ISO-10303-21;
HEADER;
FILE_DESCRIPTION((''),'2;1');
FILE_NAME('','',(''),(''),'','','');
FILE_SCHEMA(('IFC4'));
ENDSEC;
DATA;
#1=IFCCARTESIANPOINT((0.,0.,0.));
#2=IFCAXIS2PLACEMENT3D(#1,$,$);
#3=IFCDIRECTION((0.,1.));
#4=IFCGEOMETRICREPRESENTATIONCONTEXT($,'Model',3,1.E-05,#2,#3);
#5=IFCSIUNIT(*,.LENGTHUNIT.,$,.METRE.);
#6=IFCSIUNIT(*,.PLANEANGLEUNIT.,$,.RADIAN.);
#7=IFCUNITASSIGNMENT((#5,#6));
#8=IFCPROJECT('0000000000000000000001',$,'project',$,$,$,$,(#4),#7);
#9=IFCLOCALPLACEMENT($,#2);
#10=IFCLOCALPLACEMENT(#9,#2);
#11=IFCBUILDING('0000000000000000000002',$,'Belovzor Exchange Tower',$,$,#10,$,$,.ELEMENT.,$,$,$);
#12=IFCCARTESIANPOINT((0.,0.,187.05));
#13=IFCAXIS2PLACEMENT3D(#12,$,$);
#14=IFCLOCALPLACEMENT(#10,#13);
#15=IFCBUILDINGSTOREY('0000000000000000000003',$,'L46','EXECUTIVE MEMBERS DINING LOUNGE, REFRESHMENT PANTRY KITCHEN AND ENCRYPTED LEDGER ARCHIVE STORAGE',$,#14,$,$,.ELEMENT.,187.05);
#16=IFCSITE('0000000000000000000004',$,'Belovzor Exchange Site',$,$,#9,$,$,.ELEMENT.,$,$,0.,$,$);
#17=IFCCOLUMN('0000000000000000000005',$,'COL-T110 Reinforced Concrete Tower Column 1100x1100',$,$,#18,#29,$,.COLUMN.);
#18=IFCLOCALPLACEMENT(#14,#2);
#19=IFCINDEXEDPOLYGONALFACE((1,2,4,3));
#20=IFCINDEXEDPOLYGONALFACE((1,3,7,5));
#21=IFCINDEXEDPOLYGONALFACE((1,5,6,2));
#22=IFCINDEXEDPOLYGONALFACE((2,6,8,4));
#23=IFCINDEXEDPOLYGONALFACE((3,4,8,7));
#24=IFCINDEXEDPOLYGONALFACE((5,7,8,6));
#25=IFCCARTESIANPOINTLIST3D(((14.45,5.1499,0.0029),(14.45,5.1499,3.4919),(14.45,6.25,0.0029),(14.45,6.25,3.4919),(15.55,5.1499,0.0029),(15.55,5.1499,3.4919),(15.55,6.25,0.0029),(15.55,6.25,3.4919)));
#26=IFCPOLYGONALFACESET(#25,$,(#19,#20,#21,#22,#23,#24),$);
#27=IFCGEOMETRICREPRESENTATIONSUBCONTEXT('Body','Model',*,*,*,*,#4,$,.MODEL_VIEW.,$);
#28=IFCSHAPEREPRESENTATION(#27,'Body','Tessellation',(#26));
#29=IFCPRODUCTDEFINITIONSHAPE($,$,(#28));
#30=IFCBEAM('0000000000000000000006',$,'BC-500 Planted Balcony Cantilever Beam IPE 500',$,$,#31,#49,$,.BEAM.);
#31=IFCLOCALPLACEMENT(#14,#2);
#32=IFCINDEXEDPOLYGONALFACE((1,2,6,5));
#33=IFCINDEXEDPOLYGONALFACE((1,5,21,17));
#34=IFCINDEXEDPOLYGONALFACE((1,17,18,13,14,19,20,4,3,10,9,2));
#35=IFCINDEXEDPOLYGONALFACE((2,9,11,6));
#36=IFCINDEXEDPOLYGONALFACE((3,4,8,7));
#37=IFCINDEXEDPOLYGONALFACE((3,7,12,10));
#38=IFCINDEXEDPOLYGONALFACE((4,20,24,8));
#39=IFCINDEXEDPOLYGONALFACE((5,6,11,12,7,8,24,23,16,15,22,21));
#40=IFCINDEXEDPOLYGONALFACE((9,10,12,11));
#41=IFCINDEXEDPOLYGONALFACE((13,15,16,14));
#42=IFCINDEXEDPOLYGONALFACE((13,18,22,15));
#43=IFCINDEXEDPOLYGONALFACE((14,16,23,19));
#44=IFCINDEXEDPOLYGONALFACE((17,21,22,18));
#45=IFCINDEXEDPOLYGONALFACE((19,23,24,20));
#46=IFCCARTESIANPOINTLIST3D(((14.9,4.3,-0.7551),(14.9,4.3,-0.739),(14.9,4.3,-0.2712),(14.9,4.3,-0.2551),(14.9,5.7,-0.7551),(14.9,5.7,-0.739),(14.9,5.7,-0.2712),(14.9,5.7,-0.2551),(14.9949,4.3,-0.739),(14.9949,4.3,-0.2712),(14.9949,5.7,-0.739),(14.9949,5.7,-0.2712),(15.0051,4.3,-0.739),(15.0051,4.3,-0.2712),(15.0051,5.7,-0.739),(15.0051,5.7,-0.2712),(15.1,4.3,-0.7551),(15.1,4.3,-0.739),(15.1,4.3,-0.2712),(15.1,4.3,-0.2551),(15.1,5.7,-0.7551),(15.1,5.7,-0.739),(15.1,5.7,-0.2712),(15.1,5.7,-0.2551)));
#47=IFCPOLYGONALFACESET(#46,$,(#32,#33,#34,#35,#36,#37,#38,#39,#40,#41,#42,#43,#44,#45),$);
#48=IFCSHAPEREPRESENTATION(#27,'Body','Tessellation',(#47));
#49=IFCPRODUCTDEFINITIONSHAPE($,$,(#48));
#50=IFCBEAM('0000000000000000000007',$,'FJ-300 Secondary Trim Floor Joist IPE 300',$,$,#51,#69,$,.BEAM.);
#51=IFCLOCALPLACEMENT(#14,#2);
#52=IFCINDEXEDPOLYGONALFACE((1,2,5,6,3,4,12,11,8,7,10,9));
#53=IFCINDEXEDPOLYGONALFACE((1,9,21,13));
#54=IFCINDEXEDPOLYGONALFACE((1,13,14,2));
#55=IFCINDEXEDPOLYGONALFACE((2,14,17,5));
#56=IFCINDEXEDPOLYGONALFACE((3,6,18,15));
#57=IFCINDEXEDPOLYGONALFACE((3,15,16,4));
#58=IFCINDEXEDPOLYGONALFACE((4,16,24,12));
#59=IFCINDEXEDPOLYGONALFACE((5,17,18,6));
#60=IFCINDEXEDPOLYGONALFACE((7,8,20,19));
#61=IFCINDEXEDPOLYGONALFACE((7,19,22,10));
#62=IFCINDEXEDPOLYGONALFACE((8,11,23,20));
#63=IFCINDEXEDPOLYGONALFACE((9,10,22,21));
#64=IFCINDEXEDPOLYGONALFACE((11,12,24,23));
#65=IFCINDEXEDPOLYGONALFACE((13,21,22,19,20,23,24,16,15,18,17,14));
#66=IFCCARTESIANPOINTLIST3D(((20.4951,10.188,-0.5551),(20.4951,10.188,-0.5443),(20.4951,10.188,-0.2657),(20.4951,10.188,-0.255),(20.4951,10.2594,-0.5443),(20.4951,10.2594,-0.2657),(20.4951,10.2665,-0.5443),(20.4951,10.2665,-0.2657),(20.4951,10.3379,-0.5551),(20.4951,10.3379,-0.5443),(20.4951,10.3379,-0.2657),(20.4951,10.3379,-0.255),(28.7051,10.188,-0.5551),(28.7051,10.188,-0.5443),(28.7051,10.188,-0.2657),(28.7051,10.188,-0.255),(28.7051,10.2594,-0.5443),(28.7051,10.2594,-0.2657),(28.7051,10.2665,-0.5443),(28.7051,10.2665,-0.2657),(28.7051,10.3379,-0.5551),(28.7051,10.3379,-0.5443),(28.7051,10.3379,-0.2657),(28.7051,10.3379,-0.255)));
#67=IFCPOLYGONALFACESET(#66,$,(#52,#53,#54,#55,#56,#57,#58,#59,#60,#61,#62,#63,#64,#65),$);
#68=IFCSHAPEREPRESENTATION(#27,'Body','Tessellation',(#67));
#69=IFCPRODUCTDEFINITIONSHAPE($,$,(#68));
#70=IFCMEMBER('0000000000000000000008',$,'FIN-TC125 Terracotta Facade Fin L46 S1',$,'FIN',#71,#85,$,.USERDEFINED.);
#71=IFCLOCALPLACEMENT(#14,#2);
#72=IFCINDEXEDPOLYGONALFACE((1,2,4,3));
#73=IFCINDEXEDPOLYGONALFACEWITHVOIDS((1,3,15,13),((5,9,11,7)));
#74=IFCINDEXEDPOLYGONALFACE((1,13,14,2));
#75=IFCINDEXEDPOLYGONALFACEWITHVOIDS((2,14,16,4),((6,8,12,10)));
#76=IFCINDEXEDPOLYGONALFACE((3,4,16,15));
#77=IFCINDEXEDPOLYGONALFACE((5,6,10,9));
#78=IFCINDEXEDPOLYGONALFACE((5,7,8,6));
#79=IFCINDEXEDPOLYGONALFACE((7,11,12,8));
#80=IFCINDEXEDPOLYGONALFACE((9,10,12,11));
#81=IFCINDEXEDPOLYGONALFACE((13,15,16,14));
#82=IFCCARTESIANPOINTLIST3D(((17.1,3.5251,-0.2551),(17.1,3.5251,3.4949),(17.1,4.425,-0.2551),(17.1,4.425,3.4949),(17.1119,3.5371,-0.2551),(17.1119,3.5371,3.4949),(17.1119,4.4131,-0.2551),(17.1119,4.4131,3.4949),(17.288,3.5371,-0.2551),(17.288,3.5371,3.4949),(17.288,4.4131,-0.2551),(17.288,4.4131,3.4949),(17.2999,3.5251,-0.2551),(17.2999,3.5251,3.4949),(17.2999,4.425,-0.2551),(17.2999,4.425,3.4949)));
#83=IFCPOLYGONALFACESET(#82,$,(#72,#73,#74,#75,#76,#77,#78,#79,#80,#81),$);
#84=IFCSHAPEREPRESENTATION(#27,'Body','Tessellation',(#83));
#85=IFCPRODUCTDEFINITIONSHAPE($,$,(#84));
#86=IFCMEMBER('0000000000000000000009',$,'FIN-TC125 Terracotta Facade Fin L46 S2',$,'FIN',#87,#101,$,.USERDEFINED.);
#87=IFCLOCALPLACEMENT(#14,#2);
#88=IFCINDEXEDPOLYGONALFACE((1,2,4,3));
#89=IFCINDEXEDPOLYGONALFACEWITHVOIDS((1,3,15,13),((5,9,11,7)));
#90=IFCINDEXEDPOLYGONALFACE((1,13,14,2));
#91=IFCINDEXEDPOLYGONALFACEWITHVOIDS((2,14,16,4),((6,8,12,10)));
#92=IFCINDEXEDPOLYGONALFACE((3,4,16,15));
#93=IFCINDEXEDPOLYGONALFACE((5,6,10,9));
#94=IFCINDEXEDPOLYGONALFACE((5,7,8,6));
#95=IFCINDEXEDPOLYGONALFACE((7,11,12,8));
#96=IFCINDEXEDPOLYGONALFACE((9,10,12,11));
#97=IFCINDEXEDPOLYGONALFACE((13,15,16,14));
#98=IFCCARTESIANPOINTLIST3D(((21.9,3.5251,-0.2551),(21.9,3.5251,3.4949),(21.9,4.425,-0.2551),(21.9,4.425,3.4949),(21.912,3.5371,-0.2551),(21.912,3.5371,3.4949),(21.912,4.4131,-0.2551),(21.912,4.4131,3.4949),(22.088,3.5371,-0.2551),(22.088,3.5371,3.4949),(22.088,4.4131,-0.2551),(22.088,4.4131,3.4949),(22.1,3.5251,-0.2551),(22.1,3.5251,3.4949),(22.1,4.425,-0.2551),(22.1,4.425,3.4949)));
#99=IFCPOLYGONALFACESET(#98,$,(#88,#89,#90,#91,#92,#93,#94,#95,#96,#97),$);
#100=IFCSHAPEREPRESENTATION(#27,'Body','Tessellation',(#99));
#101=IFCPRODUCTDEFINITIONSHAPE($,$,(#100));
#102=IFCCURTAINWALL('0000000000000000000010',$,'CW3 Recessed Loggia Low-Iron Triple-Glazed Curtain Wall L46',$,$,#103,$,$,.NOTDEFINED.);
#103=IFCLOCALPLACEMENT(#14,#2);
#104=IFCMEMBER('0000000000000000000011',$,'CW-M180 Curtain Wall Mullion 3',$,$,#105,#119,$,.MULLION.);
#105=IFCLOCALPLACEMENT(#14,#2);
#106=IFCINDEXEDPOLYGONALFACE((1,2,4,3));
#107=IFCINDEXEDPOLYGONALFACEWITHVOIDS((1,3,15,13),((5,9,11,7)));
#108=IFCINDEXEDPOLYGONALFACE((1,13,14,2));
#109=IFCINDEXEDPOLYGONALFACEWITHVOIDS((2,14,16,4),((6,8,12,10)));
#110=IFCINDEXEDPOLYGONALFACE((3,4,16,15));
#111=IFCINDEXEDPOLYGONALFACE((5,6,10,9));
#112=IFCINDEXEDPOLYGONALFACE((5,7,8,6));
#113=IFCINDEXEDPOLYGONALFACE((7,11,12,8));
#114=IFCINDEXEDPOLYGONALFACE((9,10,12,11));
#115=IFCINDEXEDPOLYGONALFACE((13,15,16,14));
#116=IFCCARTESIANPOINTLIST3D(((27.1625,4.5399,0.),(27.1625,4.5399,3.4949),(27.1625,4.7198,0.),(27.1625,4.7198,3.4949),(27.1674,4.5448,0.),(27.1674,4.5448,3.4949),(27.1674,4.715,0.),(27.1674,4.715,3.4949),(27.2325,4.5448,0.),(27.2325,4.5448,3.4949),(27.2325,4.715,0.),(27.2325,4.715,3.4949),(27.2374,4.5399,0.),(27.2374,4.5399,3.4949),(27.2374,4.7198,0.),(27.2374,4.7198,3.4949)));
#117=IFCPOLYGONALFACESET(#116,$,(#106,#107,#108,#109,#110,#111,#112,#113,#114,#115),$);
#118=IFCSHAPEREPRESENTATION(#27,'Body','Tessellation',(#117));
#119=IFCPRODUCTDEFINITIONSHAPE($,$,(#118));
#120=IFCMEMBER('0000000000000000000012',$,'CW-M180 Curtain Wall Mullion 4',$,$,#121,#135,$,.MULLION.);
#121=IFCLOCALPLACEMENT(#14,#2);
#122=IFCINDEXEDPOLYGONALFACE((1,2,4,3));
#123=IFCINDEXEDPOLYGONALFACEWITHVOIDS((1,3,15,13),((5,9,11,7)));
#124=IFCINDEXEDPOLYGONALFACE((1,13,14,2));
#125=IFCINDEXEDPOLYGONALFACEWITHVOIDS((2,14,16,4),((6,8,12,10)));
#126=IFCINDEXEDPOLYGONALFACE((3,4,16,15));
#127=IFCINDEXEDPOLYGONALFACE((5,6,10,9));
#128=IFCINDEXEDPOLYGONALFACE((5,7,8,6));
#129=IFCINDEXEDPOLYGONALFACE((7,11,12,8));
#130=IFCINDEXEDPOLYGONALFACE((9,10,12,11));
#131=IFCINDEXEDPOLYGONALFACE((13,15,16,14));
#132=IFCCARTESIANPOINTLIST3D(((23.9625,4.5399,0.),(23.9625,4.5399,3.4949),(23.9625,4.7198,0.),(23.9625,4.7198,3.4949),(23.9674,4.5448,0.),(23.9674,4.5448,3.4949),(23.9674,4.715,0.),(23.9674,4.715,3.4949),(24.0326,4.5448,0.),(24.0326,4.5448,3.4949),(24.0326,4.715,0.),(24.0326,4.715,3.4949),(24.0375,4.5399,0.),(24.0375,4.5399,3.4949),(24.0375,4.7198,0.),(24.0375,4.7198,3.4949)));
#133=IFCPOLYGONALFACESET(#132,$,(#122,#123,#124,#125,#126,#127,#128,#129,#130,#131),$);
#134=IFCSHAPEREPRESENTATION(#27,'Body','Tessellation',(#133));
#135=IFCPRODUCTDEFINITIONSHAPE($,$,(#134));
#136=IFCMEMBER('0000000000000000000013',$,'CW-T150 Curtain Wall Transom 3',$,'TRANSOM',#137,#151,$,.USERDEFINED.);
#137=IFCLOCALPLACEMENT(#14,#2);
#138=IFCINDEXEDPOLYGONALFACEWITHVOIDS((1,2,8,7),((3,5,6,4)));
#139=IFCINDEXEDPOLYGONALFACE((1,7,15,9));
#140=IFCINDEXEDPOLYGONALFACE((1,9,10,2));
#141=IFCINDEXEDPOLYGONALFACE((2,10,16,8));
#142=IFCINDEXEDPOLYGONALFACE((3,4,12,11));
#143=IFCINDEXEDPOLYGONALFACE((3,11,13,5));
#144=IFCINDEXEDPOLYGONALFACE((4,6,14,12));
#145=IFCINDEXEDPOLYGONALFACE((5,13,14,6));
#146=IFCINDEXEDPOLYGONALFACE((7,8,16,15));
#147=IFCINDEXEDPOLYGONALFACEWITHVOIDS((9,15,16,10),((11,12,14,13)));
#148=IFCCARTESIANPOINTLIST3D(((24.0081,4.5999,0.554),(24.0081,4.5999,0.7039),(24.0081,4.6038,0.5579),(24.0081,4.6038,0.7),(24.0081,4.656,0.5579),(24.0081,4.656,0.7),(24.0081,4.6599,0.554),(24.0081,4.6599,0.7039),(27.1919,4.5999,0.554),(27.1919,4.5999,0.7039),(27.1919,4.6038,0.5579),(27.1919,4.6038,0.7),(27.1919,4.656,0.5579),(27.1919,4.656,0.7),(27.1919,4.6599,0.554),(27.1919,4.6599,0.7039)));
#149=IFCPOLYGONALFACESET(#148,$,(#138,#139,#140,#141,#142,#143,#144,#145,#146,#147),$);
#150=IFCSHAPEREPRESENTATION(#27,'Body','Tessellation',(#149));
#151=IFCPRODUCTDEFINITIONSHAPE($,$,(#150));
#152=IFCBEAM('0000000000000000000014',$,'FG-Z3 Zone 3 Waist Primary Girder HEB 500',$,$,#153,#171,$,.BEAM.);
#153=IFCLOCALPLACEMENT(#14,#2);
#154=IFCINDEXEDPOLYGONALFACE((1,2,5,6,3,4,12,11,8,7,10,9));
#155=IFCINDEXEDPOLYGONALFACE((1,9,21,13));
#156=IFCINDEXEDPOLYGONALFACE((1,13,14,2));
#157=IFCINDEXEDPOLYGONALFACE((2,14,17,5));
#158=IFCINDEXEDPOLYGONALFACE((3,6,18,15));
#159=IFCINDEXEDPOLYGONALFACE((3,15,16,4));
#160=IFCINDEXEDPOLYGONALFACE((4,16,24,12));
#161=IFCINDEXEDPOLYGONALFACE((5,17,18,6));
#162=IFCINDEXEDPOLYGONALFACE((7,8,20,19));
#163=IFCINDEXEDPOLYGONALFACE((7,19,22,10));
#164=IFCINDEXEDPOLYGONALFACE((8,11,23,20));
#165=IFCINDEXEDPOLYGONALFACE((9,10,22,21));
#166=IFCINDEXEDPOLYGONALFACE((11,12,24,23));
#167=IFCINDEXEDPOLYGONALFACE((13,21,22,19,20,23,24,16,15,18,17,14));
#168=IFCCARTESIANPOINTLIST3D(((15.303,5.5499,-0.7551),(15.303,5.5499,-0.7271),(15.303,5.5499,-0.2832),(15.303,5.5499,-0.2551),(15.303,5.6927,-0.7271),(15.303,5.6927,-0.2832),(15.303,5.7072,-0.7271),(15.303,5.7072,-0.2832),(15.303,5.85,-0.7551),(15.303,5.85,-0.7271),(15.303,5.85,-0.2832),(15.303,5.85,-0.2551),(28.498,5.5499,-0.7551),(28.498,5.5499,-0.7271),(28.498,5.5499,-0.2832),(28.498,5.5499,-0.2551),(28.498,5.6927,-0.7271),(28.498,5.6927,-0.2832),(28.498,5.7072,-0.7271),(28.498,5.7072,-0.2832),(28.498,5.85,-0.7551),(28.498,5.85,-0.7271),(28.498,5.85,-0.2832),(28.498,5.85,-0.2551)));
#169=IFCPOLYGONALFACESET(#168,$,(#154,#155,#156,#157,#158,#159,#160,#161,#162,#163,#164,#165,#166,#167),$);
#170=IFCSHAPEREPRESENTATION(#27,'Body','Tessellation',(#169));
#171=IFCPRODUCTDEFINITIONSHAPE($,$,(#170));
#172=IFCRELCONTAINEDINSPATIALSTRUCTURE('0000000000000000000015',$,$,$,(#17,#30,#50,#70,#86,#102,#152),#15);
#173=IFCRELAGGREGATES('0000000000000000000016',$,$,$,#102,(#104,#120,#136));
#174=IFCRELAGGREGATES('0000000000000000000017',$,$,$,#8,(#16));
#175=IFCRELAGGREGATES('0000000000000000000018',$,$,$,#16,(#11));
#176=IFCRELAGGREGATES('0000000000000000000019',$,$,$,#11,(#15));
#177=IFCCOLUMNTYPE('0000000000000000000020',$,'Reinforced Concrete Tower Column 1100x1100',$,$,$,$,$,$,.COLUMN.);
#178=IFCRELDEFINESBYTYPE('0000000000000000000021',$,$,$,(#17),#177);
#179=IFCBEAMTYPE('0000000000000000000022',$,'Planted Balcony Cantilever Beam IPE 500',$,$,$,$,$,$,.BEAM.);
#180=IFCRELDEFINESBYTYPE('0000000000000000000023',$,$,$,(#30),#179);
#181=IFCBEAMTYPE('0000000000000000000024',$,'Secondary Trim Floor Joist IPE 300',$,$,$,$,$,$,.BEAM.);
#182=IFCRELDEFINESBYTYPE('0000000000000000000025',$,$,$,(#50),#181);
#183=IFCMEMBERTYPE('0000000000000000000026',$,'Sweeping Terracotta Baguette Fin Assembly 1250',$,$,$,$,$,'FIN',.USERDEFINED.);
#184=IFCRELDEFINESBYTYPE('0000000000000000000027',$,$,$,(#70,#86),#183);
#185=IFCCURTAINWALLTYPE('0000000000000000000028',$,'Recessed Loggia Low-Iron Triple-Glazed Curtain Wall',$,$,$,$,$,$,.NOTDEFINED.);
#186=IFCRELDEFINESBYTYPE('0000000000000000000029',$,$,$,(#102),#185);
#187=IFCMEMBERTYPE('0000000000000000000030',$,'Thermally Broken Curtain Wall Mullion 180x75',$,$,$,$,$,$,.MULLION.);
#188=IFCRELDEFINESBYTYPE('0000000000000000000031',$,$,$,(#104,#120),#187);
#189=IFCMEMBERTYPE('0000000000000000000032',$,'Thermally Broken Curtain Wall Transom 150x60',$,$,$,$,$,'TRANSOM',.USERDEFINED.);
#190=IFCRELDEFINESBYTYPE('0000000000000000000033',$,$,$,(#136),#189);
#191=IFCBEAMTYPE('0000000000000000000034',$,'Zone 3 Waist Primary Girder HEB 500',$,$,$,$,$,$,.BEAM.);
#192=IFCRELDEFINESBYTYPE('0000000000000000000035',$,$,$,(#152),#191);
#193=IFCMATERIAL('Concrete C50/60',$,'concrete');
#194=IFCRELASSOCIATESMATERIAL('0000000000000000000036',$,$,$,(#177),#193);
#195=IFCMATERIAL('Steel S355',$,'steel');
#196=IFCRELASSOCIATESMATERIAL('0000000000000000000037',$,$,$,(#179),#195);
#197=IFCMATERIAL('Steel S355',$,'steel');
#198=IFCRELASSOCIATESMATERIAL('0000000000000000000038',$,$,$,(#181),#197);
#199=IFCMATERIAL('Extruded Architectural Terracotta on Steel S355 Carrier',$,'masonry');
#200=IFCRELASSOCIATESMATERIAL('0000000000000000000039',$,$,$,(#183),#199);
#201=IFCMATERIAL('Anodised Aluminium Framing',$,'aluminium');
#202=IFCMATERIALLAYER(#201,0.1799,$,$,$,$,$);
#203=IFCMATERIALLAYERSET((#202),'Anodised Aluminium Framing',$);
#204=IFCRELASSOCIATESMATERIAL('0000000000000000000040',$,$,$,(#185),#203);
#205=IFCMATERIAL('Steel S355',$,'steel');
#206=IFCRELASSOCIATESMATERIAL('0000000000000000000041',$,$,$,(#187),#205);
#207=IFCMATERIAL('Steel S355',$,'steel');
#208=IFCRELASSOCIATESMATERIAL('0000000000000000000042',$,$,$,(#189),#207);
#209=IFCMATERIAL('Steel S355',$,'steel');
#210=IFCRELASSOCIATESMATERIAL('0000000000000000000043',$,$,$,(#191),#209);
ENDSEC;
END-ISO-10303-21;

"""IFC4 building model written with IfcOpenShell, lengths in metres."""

from ifc_helpers import new_model, si_unit, direction, frame, origin, origin_2d, place, context, subcontext, project, spatial, rectangle, hollow_rectangle, i_section, extrude, material, layer, layer_set, material_profile, profile_set, type_object, element, aggregate, save


model = new_model("IFC4")

# Units and contexts
model_context = context("Model", 3, precision=1e-05, world=origin(), true_north=direction((0.0, 1.0)))
body_context = subcontext(model_context, "Body", "Model", "MODEL_VIEW")
ifc_project = project(units=[si_unit("LENGTHUNIT", "METRE"), si_unit("PLANEANGLEUNIT", "RADIAN")], contexts=[model_context])

# Site, building, storey
site_placement = place(None, origin())
site = spatial("IfcSite", under=ifc_project, at=site_placement, Name="Belovzor Exchange Site", CompositionType="ELEMENT", RefElevation=0.0)
building_placement = place(site_placement, origin())
building = spatial("IfcBuilding", under=site, at=building_placement, Name="Belovzor Exchange Tower", CompositionType="ELEMENT")
storey_placement = place(building_placement, frame((0.0, 0.0, 187.05)))
storey = spatial("IfcBuildingStorey", under=building, at=storey_placement, Name="L46", Description="EXECUTIVE MEMBERS DINING LOUNGE, REFRESHMENT PANTRY KITCHEN AND ENCRYPTED LEDGER ARCHIVE STORAGE", CompositionType="ELEMENT", Elevation=187.05)

# Column
ifc_material_1 = material(Name="Concrete C50/60", Category="concrete")
ifc_material_profile_1 = material_profile(ifc_material_1, rectangle(XDim=1.1001, YDim=1.1001, at=origin_2d()))
ifc_profile_set_1 = profile_set([ifc_material_profile_1], Name="Concrete C50/60")
column_type = type_object("IfcColumnType", Name="Reinforced Concrete Tower Column 1100x1100", PredefinedType="COLUMN", material=ifc_profile_set_1)
column_placement = place(storey_placement, frame((15.0, 5.7, 0.0029), z_axis=(0.0, 0.0, 1.0), x_axis=(1.0, 0.0, 0.0)))
element("IfcColumn", 1, at=column_placement, inside=storey, type_object=column_type, Name="COL-T110 Reinforced Concrete Tower Column 1100x1100", PredefinedType="COLUMN", context=body_context, shape_type="SweptSolid", body=[
    extrude(rectangle(XDim=1.1001, YDim=1.1001, at=origin_2d()), origin(), (0.0, 0.0, 1.0), 3.489),
])

# Beams
ifc_material_2 = material(Name="Steel S355", Category="steel")
ifc_material_profile_2 = material_profile(ifc_material_2, i_section(OverallWidth=0.2, OverallDepth=0.5, WebThickness=0.0103, FlangeThickness=0.0161, at=origin_2d()))
ifc_profile_set_2 = profile_set([ifc_material_profile_2], Name="Steel S355")
beam_type_1 = type_object("IfcBeamType", Name="Planted Balcony Cantilever Beam IPE 500", PredefinedType="BEAM", material=ifc_profile_set_2)
beam_1_placement = place(storey_placement, frame((15.0, 5.7, -0.5051), z_axis=(0.0, -1.0, 0.0), x_axis=(1.0, 0.0, 0.0)))
element("IfcBeam", 2, at=beam_1_placement, inside=storey, type_object=beam_type_1, Name="BC-500 Planted Balcony Cantilever Beam IPE 500", PredefinedType="BEAM", context=body_context, shape_type="SweptSolid", body=[
    extrude(i_section(OverallWidth=0.2, OverallDepth=0.5, WebThickness=0.0103, FlangeThickness=0.0161, at=origin_2d()), origin(), (0.0, 0.0, 1.0), 1.3999),
])
ifc_material_3 = material(Name="Steel S355", Category="steel")
ifc_material_profile_3 = material_profile(ifc_material_3, i_section(OverallWidth=0.1499, OverallDepth=0.3, WebThickness=0.0071, FlangeThickness=0.0107, at=origin_2d()))
ifc_profile_set_3 = profile_set([ifc_material_profile_3], Name="Steel S355")
beam_type_2 = type_object("IfcBeamType", Name="Secondary Trim Floor Joist IPE 300", PredefinedType="BEAM", material=ifc_profile_set_3)
beam_2_placement = place(storey_placement, frame((20.4951, 10.2629, -0.405), z_axis=(1.0, 0.0, 0.0), x_axis=(0.0, 1.0, 0.0)))
element("IfcBeam", 3, at=beam_2_placement, inside=storey, type_object=beam_type_2, Name="FJ-300 Secondary Trim Floor Joist IPE 300", PredefinedType="BEAM", context=body_context, shape_type="SweptSolid", body=[
    extrude(i_section(OverallWidth=0.1499, OverallDepth=0.3, WebThickness=0.0071, FlangeThickness=0.0107, at=origin_2d()), origin(), (0.0, 0.0, 1.0), 8.21),
])

# Members
ifc_material_4 = material(Name="Extruded Architectural Terracotta on Steel S355 Carrier", Category="masonry")
ifc_material_profile_4 = material_profile(ifc_material_4, hollow_rectangle(XDim=0.2, YDim=0.8999, WallThickness=0.012, at=origin_2d()))
ifc_profile_set_4 = profile_set([ifc_material_profile_4], Name="Extruded Architectural Terracotta on Steel S355 Carrier")
member_type_1 = type_object("IfcMemberType", Name="Sweeping Terracotta Baguette Fin Assembly 1250", ElementType="FIN", PredefinedType="USERDEFINED", material=ifc_profile_set_4)
for number, where, z_axis, x_axis, name in (
    (4, (17.2, 3.9751, -0.2551), (0.0, 0.0, 1.0), (1.0, 0.0, 0.0), "FIN-TC125 Terracotta Facade Fin L46 S1"),
    (5, (22.0, 3.9751, -0.2551), (0.0, 0.0, 1.0), (1.0, 0.0, 0.0), "FIN-TC125 Terracotta Facade Fin L46 S2"),
):
    element("IfcMember", number, at=place(storey_placement, frame(where, z_axis=z_axis, x_axis=x_axis)), inside=storey, type_object=member_type_1, Name=name, ObjectType="FIN", PredefinedType="USERDEFINED", context=body_context, shape_type="SweptSolid", body=[
        extrude(hollow_rectangle(XDim=0.2, YDim=0.8999, WallThickness=0.012, at=origin_2d()), origin(), (0.0, 0.0, 1.0), 3.75),
    ])

# Curtain wall, members
ifc_material_5 = material(Name="Anodised Aluminium Framing", Category="aluminium")
ifc_layer_1 = layer(ifc_material_5, 0.1799)
ifc_layer_set_1 = layer_set([ifc_layer_1], Name="Anodised Aluminium Framing")
curtain_wall_type = type_object("IfcCurtainWallType", Name="Recessed Loggia Low-Iron Triple-Glazed Curtain Wall", PredefinedType="NOTDEFINED", material=ifc_layer_set_1)
curtain_wall_placement = place(storey_placement, origin())
curtain_wall = element("IfcCurtainWall", 6, at=curtain_wall_placement, inside=storey, type_object=curtain_wall_type, Name="CW3 Recessed Loggia Low-Iron Triple-Glazed Curtain Wall L46", PredefinedType="NOTDEFINED")
ifc_material_6 = material(Name="Steel S355", Category="steel")
ifc_material_profile_5 = material_profile(ifc_material_6, hollow_rectangle(XDim=0.075, YDim=0.1799, WallThickness=0.0049, at=origin_2d()))
ifc_profile_set_5 = profile_set([ifc_material_profile_5], Name="Steel S355")
member_type_2 = type_object("IfcMemberType", Name="Thermally Broken Curtain Wall Mullion 180x75", PredefinedType="MULLION", material=ifc_profile_set_5)
member_1_placement = place(storey_placement, frame((27.2, 4.6299, 0.0), z_axis=(0.0, 0.0, 1.0), x_axis=(-1.0, 0.0, 0.0)))
member_1 = element("IfcMember", 7, at=member_1_placement, type_object=member_type_2, Name="CW-M180 Curtain Wall Mullion 3", PredefinedType="MULLION", context=body_context, shape_type="SweptSolid", body=[
    extrude(hollow_rectangle(XDim=0.075, YDim=0.1799, WallThickness=0.0049, at=origin_2d()), origin(), (0.0, 0.0, 1.0), 3.4949),
])
member_2_placement = place(storey_placement, frame((24.0, 4.6299, 0.0), z_axis=(0.0, 0.0, 1.0), x_axis=(-1.0, 0.0, 0.0)))
member_2 = element("IfcMember", 8, at=member_2_placement, type_object=member_type_2, Name="CW-M180 Curtain Wall Mullion 4", PredefinedType="MULLION", context=body_context, shape_type="SweptSolid", body=[
    extrude(hollow_rectangle(XDim=0.075, YDim=0.1799, WallThickness=0.0049, at=origin_2d()), origin(), (0.0, 0.0, 1.0), 3.4949),
])
ifc_material_7 = material(Name="Steel S355", Category="steel")
ifc_material_profile_6 = material_profile(ifc_material_7, hollow_rectangle(XDim=0.0601, YDim=0.1499, WallThickness=0.0039, at=origin_2d()))
ifc_profile_set_6 = profile_set([ifc_material_profile_6], Name="Steel S355")
member_type_3 = type_object("IfcMemberType", Name="Thermally Broken Curtain Wall Transom 150x60", ElementType="TRANSOM", PredefinedType="USERDEFINED", material=ifc_profile_set_6)
member_3_placement = place(storey_placement, frame((27.1919, 4.6299, 0.6289), z_axis=(-1.0, 0.0, 0.0), x_axis=(0.0, -1.0, 0.0)))
member_3 = element("IfcMember", 9, at=member_3_placement, type_object=member_type_3, Name="CW-T150 Curtain Wall Transom 3", ObjectType="TRANSOM", PredefinedType="USERDEFINED", context=body_context, shape_type="SweptSolid", body=[
    extrude(hollow_rectangle(XDim=0.0601, YDim=0.1499, WallThickness=0.0039, at=origin_2d()), origin(), (0.0, 0.0, 1.0), 3.1838),
])

# Beam
ifc_material_8 = material(Name="Steel S355", Category="steel")
ifc_material_profile_7 = material_profile(ifc_material_8, i_section(OverallWidth=0.3, OverallDepth=0.5, WebThickness=0.0144, FlangeThickness=0.0281, at=origin_2d()))
ifc_profile_set_7 = profile_set([ifc_material_profile_7], Name="Steel S355")
beam_type_3 = type_object("IfcBeamType", Name="Zone 3 Waist Primary Girder HEB 500", PredefinedType="BEAM", material=ifc_profile_set_7)
beam_3_placement = place(storey_placement, frame((15.303, 5.7, -0.5051), z_axis=(1.0, 0.0, 0.0), x_axis=(0.0, 1.0, 0.0)))
element("IfcBeam", 10, at=beam_3_placement, inside=storey, type_object=beam_type_3, Name="FG-Z3 Zone 3 Waist Primary Girder HEB 500", PredefinedType="BEAM", context=body_context, shape_type="SweptSolid", body=[
    extrude(i_section(OverallWidth=0.3, OverallDepth=0.5, WebThickness=0.0144, FlangeThickness=0.0281, at=origin_2d()), origin(), (0.0, 0.0, 1.0), 13.1951),
])

aggregate(curtain_wall, [member_1, member_2, member_3])

save(model, "model.ifc")
